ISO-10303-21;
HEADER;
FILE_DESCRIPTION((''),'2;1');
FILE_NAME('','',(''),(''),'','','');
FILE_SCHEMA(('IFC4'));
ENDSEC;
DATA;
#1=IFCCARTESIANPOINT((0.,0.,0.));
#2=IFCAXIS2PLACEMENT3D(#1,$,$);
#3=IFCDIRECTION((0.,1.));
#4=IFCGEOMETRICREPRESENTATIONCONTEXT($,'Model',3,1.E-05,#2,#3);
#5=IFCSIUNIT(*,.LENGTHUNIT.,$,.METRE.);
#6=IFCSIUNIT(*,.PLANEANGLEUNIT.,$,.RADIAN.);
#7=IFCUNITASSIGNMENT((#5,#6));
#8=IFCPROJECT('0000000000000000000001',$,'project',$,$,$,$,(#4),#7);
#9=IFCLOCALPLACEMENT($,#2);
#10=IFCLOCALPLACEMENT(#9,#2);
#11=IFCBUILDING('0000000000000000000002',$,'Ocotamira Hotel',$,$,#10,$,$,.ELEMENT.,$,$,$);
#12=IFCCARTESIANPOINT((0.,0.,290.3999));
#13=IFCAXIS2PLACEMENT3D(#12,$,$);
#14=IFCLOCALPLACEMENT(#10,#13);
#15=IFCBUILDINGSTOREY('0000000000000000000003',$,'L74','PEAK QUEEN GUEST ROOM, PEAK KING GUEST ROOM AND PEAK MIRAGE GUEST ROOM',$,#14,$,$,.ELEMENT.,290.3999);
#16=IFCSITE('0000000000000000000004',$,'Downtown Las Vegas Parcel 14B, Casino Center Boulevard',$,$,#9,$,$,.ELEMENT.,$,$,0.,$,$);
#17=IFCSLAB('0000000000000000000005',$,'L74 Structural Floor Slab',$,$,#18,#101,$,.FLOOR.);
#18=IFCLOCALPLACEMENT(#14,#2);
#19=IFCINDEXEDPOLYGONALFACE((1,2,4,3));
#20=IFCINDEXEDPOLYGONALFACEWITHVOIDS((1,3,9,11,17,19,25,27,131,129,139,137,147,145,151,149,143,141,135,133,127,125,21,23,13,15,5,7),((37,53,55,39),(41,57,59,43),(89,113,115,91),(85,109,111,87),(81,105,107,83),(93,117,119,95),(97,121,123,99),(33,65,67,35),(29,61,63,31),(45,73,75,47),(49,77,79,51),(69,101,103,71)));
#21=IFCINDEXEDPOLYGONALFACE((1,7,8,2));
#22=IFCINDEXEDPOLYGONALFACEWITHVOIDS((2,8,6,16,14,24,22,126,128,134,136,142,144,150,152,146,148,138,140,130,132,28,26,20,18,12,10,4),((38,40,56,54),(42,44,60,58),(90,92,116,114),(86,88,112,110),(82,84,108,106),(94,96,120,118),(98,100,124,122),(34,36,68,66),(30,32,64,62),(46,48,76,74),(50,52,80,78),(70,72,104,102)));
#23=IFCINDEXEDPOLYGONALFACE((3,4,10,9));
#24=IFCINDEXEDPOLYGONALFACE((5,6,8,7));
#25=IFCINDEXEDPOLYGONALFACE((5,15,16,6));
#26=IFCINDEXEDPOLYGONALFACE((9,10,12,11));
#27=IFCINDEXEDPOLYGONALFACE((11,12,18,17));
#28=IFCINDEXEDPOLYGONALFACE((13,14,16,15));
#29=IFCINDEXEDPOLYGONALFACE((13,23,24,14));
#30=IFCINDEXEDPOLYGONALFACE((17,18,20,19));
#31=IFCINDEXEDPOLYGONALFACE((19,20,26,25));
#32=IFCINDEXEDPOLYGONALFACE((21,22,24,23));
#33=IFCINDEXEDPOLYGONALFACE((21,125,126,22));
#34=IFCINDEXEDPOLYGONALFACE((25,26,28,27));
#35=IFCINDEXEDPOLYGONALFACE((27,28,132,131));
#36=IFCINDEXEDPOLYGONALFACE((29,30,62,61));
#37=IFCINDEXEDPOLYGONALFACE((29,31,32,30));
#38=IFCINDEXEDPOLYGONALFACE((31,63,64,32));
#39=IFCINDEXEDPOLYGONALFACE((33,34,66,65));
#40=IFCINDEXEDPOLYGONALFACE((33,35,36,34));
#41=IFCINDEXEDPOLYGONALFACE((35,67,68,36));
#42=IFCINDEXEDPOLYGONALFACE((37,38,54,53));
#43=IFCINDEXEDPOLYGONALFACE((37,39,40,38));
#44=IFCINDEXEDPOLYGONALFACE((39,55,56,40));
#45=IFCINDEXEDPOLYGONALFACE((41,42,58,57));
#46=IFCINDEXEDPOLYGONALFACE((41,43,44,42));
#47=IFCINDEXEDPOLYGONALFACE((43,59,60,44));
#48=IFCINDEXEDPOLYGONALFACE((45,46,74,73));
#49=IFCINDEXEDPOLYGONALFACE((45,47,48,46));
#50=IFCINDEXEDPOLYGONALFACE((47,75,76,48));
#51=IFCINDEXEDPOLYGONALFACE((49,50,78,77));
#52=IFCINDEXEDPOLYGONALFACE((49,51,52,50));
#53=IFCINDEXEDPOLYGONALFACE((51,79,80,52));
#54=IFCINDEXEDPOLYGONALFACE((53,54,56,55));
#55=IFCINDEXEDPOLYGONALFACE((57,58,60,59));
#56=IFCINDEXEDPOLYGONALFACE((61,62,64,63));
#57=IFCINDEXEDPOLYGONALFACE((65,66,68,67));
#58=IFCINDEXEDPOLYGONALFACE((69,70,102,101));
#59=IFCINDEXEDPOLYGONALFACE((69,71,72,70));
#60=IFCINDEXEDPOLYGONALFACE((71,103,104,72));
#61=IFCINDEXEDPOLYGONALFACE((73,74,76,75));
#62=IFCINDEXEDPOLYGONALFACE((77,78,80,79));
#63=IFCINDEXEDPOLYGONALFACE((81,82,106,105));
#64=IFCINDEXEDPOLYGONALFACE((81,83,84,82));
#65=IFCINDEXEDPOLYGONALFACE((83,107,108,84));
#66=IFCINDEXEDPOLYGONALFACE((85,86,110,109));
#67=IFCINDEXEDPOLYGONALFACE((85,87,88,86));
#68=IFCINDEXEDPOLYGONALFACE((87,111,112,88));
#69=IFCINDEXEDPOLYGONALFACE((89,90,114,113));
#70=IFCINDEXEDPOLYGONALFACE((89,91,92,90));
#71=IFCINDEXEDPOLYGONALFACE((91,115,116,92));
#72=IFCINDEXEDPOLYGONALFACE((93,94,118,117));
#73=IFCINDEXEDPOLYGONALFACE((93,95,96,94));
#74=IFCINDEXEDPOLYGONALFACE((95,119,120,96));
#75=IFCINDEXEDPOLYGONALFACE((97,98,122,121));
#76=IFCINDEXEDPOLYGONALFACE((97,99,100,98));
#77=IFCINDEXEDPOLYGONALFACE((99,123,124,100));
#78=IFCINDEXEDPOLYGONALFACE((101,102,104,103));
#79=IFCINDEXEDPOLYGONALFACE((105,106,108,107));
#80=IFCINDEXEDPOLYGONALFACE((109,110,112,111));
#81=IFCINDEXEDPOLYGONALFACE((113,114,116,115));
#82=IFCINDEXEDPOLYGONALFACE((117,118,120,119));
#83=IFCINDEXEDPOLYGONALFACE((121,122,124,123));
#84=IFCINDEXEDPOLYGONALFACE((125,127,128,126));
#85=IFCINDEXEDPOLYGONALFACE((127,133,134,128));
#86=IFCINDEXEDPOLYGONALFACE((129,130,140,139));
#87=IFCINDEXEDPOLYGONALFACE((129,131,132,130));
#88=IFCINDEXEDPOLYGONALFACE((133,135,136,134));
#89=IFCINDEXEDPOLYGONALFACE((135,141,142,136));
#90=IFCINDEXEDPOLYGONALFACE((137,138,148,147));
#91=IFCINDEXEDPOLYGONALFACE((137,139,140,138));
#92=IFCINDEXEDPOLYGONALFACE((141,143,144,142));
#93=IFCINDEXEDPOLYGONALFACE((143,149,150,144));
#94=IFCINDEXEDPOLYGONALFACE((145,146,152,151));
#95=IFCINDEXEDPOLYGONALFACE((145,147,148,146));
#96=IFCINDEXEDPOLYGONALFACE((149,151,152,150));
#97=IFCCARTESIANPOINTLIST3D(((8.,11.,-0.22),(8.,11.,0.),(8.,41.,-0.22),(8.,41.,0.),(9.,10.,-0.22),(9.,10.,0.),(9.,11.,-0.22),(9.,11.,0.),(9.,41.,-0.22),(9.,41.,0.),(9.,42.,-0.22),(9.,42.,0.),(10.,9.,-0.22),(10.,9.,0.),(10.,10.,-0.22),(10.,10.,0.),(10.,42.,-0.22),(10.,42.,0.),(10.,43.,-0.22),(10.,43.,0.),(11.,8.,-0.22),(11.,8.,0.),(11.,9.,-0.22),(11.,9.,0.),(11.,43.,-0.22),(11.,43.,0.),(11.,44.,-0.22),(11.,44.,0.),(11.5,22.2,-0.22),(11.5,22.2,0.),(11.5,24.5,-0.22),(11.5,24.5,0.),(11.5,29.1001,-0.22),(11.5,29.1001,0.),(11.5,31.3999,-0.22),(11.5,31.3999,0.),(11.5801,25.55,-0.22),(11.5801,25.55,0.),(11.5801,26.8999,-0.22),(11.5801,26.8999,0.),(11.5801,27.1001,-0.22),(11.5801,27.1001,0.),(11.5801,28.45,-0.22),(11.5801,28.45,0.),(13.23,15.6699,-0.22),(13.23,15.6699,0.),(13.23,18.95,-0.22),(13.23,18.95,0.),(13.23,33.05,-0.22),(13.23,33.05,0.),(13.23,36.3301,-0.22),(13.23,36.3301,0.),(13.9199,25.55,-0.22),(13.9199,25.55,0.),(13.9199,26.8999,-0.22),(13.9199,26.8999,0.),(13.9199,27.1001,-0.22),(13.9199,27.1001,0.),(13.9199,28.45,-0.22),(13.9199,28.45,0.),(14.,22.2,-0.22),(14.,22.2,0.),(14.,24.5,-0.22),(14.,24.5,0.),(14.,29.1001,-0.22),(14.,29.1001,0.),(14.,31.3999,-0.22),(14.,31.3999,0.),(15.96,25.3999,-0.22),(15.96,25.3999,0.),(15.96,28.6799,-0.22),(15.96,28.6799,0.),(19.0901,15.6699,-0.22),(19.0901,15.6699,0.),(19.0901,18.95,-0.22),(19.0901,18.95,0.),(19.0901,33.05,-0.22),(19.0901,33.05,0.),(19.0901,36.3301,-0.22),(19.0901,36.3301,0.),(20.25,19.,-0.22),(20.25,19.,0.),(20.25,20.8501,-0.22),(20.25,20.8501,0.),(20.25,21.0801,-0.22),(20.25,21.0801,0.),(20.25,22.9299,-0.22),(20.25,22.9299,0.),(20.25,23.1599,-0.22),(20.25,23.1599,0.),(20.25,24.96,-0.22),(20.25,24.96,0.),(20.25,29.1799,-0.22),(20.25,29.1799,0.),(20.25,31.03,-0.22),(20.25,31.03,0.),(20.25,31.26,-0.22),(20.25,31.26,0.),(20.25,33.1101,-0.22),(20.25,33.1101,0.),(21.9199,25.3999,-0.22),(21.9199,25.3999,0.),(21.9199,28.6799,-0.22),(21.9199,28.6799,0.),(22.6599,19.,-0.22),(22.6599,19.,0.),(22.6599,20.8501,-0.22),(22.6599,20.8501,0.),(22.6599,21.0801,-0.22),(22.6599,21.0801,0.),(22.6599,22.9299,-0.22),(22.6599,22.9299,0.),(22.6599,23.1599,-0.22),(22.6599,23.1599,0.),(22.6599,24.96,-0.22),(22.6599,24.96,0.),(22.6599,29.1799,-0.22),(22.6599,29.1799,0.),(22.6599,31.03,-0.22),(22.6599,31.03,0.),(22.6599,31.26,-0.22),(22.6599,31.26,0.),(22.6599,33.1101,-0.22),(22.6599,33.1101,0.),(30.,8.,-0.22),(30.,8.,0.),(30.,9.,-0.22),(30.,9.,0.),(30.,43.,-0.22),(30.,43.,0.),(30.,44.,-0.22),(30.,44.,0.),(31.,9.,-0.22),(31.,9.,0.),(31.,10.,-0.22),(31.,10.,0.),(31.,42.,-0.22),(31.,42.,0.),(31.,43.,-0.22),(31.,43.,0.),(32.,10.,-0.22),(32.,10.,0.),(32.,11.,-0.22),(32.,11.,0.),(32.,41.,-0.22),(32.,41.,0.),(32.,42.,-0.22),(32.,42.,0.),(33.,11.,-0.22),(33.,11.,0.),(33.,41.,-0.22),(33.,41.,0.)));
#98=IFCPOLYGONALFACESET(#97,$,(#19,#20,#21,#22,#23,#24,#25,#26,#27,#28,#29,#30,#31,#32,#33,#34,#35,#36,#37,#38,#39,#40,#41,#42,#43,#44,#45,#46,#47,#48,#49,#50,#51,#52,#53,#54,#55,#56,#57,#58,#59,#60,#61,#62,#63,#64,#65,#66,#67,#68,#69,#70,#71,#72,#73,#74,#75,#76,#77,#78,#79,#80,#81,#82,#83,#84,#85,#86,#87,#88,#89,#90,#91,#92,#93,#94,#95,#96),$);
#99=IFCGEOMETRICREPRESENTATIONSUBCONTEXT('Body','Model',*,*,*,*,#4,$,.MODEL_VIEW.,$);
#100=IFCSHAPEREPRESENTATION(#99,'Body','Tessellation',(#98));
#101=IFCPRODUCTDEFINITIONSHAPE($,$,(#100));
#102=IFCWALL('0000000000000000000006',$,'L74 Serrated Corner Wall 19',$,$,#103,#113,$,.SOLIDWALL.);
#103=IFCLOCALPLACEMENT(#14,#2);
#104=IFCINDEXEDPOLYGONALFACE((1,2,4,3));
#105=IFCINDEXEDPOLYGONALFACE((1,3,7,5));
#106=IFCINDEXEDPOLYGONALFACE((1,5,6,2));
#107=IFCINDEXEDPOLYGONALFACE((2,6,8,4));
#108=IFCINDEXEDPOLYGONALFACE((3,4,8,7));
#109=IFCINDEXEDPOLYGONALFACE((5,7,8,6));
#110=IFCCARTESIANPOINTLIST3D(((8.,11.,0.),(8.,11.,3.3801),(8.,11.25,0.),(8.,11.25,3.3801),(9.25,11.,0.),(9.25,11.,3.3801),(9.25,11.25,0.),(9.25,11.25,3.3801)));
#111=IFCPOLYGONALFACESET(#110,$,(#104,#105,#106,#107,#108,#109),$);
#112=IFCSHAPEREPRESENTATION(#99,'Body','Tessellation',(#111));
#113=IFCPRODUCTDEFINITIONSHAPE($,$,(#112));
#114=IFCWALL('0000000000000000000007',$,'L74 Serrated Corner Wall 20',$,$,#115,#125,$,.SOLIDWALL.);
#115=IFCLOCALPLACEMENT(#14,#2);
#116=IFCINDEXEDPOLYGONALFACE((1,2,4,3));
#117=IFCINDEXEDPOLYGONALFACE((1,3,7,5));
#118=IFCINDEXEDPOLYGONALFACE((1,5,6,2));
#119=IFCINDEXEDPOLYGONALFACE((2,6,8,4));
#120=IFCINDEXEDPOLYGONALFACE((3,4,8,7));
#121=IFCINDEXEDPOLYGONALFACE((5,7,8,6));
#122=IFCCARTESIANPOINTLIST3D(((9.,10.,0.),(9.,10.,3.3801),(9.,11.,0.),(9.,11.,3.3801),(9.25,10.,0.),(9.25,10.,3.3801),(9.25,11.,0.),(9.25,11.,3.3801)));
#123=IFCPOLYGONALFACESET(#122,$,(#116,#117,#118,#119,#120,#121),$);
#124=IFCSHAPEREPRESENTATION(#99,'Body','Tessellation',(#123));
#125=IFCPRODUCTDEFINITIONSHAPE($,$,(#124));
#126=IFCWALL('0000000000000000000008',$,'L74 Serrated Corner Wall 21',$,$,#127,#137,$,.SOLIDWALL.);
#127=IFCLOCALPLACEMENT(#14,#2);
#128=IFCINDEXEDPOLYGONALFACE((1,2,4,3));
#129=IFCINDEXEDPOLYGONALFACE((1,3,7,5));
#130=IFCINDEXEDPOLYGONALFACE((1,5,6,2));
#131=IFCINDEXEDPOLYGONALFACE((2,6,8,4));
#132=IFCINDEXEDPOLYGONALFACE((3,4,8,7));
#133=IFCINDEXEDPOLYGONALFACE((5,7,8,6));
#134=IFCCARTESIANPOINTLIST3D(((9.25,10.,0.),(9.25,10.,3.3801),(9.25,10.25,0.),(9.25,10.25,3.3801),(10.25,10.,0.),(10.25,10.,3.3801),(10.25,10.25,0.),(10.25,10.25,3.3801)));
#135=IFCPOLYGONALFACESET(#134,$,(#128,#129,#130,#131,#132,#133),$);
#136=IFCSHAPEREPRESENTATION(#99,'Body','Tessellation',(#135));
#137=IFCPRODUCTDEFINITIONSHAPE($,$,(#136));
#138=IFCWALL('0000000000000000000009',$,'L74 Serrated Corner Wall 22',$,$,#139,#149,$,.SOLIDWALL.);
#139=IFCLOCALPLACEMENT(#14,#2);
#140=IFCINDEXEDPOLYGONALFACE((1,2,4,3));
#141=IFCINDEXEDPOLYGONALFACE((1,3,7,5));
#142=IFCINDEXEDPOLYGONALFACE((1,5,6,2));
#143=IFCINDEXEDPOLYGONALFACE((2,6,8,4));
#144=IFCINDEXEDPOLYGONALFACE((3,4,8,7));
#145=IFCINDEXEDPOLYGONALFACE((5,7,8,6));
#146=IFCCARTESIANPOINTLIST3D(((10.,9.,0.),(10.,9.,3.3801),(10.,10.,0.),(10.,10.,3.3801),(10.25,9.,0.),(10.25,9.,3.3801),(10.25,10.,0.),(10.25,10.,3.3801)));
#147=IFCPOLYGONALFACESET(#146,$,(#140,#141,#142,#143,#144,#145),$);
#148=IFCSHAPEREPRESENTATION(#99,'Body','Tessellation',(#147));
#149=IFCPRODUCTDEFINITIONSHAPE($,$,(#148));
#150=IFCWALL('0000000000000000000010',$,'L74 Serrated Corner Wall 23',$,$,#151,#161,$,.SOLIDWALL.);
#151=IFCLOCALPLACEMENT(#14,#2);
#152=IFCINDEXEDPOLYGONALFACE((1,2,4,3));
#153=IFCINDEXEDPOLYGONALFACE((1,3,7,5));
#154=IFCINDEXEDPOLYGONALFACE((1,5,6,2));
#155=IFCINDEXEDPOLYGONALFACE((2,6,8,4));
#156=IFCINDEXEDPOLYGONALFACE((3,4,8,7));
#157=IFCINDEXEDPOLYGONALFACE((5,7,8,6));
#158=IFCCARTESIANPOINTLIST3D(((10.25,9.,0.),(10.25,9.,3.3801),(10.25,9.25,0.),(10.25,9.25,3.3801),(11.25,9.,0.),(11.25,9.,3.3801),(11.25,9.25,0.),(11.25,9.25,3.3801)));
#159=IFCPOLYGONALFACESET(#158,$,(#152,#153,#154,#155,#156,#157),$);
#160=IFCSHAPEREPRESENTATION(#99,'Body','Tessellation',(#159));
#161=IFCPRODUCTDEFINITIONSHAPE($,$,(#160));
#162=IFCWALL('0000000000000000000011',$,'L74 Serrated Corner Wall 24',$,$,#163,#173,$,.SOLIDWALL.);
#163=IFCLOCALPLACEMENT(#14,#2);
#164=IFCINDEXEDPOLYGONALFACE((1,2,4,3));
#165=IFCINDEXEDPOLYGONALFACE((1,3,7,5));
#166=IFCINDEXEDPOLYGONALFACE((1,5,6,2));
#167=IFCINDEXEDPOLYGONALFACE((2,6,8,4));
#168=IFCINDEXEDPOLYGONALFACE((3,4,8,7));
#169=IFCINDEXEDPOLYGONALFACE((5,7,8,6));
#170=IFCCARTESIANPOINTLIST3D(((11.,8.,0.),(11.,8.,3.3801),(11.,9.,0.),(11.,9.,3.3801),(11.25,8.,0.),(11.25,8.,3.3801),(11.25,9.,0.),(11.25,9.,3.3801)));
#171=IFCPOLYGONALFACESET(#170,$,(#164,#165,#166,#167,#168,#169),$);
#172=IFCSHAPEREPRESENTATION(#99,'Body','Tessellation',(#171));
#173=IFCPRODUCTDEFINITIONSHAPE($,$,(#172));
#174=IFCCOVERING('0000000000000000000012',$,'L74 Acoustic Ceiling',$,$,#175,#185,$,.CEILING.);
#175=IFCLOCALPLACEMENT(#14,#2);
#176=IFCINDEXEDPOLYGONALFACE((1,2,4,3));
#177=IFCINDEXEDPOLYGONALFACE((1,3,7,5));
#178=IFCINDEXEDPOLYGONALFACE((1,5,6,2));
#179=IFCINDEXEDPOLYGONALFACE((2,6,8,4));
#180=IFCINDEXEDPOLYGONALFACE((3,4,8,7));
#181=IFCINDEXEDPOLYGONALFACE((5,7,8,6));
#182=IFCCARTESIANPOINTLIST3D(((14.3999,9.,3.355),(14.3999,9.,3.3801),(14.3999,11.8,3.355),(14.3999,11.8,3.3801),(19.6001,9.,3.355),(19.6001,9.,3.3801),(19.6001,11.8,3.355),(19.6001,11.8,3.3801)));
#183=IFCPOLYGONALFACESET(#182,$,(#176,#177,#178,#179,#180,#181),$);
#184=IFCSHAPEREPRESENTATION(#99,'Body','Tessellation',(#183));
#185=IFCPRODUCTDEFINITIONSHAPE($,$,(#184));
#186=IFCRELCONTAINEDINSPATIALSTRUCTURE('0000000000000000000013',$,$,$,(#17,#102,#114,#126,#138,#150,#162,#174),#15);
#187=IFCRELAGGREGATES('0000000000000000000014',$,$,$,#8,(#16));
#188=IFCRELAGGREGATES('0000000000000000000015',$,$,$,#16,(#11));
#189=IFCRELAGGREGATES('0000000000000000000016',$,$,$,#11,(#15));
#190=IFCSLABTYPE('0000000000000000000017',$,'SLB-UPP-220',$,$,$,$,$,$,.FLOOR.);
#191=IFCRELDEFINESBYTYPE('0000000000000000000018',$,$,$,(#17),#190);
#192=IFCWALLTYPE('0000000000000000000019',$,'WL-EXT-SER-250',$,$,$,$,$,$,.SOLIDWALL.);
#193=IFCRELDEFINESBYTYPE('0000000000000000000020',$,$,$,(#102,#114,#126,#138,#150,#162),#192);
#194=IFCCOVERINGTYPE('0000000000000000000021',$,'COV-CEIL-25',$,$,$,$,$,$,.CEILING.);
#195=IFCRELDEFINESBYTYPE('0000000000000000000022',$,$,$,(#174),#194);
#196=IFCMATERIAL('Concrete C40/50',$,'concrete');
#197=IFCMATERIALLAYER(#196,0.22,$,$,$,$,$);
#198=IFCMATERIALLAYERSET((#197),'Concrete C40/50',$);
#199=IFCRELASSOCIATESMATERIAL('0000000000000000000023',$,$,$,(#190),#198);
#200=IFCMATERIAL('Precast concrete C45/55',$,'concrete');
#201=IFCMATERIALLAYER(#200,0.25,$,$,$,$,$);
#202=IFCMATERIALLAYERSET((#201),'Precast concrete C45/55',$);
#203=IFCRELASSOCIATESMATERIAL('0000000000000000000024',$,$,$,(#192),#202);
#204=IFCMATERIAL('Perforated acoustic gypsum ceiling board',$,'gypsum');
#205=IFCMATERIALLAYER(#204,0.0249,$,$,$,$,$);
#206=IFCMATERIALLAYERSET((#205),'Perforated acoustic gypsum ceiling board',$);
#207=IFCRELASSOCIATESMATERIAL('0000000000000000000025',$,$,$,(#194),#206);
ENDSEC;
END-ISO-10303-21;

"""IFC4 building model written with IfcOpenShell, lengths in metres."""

from ifc_helpers import new_model, si_unit, direction, frame, frame_2d, origin, place, context, subcontext, project, spatial, polyline, rectangle, outline, extrude, material, layer, layer_set, type_object, element, save


model = new_model("IFC4")

# Units and contexts
model_context = context("Model", 3, precision=1e-05, world=origin(), true_north=direction((0.0, 1.0)))
body_context = subcontext(model_context, "Body", "Model", "MODEL_VIEW")
ifc_project = project(units=[si_unit("LENGTHUNIT", "METRE"), si_unit("PLANEANGLEUNIT", "RADIAN")], contexts=[model_context])

# Site, building, storey
site_placement = place(None, origin())
site = spatial("IfcSite", under=ifc_project, at=site_placement, Name="Downtown Las Vegas Parcel 14B, Casino Center Boulevard", CompositionType="ELEMENT", RefElevation=0.0)
building_placement = place(site_placement, origin())
building = spatial("IfcBuilding", under=site, at=building_placement, Name="Ocotamira Hotel", CompositionType="ELEMENT")
storey_placement = place(building_placement, frame((0.0, 0.0, 290.3999)))
storey = spatial("IfcBuildingStorey", under=building, at=storey_placement, Name="L74", Description="PEAK QUEEN GUEST ROOM, PEAK KING GUEST ROOM AND PEAK MIRAGE GUEST ROOM", CompositionType="ELEMENT", Elevation=290.3999)

# Shared definitions
ifc_material_1 = material(Name="Concrete C40/50", Category="concrete")

# Slab
ifc_layer_1 = layer(ifc_material_1, 0.22)
ifc_layer_set_1 = layer_set([ifc_layer_1], Name="Concrete C40/50")
slab_type_1 = type_object("IfcSlabType", Name="SLB-UPP-220", PredefinedType="FLOOR", material=ifc_layer_set_1)
slab_1_placement = place(storey_placement, frame((0.0, 0.0, -0.22)))
element("IfcSlab", 1, at=slab_1_placement, inside=storey, type_object=slab_type_1, Name="L74 Structural Floor Slab", PredefinedType="FLOOR", context=body_context, shape_type="SweptSolid", body=[
    extrude(outline(polyline([(11.0, 8.0), (30.0, 8.0), (30.0, 9.0), (31.0, 9.0), (31.0, 10.0), (32.0, 10.0), (32.0, 11.0), (33.0, 11.0), (33.0, 41.0), (32.0, 41.0), (32.0, 42.0), (31.0, 42.0), (31.0, 43.0), (30.0, 43.0), (30.0, 44.0), (11.0, 44.0), (11.0, 43.0), (10.0, 43.0), (10.0, 42.0), (9.0, 42.0), (9.0, 41.0), (8.0, 41.0), (8.0, 11.0), (9.0, 11.0), (9.0, 10.0), (10.0, 10.0), (10.0, 9.0), (11.0, 9.0), (11.0, 8.0)]), holes=[polyline([(13.23, 15.6699), (19.0901, 15.6699), (19.0901, 18.95), (13.23, 18.95), (13.23, 15.6699)]), polyline([(13.23, 33.05), (19.0901, 33.05), (19.0901, 36.3301), (13.23, 36.3301), (13.23, 33.05)]), polyline([(15.96, 25.3999), (21.9199, 25.3999), (21.9199, 28.6799), (15.96, 28.6799), (15.96, 25.3999)]), polyline([(20.25, 19.0), (22.6599, 19.0), (22.6599, 20.8501), (20.25, 20.8501), (20.25, 19.0)]), polyline([(20.25, 21.0801), (22.6599, 21.0801), (22.6599, 22.9299), (20.25, 22.9299), (20.25, 21.0801)]), polyline([(20.25, 23.1599), (22.6599, 23.1599), (22.6599, 24.96), (20.25, 24.96), (20.25, 23.1599)]), polyline([(20.25, 29.1799), (22.6599, 29.1799), (22.6599, 31.03), (20.25, 31.03), (20.25, 29.1799)]), polyline([(20.25, 31.26), (22.6599, 31.26), (22.6599, 33.1101), (20.25, 33.1101), (20.25, 31.26)]), polyline([(11.5, 22.2), (14.0, 22.2), (14.0, 24.5), (11.5, 24.5), (11.5, 22.2)]), polyline([(11.5, 29.1001), (14.0, 29.1001), (14.0, 31.3999), (11.5, 31.3999), (11.5, 29.1001)]), polyline([(11.5801, 25.55), (13.9199, 25.55), (13.9199, 26.8999), (11.5801, 26.8999), (11.5801, 25.55)]), polyline([(11.5801, 27.1001), (13.9199, 27.1001), (13.9199, 28.45), (11.5801, 28.45), (11.5801, 27.1001)])]), origin(), (0.0, 0.0, 1.0), 0.22),
])

# Walls
ifc_material_2 = material(Name="Precast concrete C45/55", Category="concrete")
ifc_layer_2 = layer(ifc_material_2, 0.25)
ifc_layer_set_2 = layer_set([ifc_layer_2], Name="Precast concrete C45/55")
wall_type_1 = type_object("IfcWallType", Name="WL-EXT-SER-250", PredefinedType="SOLIDWALL", material=ifc_layer_set_2)
wall_1_placement = place(storey_placement, frame((8.0, 11.125, 0.0), z_axis=(0.0, 0.0, 1.0), x_axis=(1.0, 0.0, 0.0)))
element("IfcWall", 2, at=wall_1_placement, inside=storey, type_object=wall_type_1, Name="L74 Serrated Corner Wall 19", PredefinedType="SOLIDWALL", context=body_context, shape_type="SweptSolid", body=[
    extrude(rectangle(XDim=1.25, YDim=0.25, at=frame_2d((0.625, 0.0))), origin(), (0.0, 0.0, 1.0), 3.3801),
])
for number, where, z_axis, x_axis, name in (
    (3, (9.125, 11.0, 0.0), (0.0, 0.0, 1.0), (0.0, -1.0, 0.0), "L74 Serrated Corner Wall 20"),
    (4, (9.25, 10.125, 0.0), (0.0, 0.0, 1.0), (1.0, 0.0, 0.0), "L74 Serrated Corner Wall 21"),
    (5, (10.125, 10.0, 0.0), (0.0, 0.0, 1.0), (0.0, -1.0, 0.0), "L74 Serrated Corner Wall 22"),
    (6, (10.25, 9.125, 0.0), (0.0, 0.0, 1.0), (1.0, 0.0, 0.0), "L74 Serrated Corner Wall 23"),
    (7, (11.125, 9.0, 0.0), (0.0, 0.0, 1.0), (0.0, -1.0, 0.0), "L74 Serrated Corner Wall 24"),
):
    element("IfcWall", number, at=place(storey_placement, frame(where, z_axis=z_axis, x_axis=x_axis)), inside=storey, type_object=wall_type_1, Name=name, PredefinedType="SOLIDWALL", context=body_context, shape_type="SweptSolid", body=[
        extrude(rectangle(XDim=1.0, YDim=0.25, at=frame_2d((0.5, 0.0))), origin(), (0.0, 0.0, 1.0), 3.3801),
    ])

# Covering
ifc_material_3 = material(Name="Perforated acoustic gypsum ceiling board", Category="gypsum")
ifc_layer_3 = layer(ifc_material_3, 0.0249)
ifc_layer_set_3 = layer_set([ifc_layer_3], Name="Perforated acoustic gypsum ceiling board")
covering_type_1 = type_object("IfcCoveringType", Name="COV-CEIL-25", PredefinedType="CEILING", material=ifc_layer_set_3)
covering_1_placement = place(storey_placement, frame((0.0, 0.0, 3.355)))
element("IfcCovering", 8, at=covering_1_placement, inside=storey, type_object=covering_type_1, Name="L74 Acoustic Ceiling", PredefinedType="CEILING", context=body_context, shape_type="SweptSolid", body=[
    extrude(outline(polyline([(14.3999, 9.0), (19.6001, 9.0), (19.6001, 11.8), (14.3999, 11.8), (14.3999, 9.0)])), origin(), (0.0, 0.0, 1.0), 0.0251),
])

save(model, "model.ifc")
